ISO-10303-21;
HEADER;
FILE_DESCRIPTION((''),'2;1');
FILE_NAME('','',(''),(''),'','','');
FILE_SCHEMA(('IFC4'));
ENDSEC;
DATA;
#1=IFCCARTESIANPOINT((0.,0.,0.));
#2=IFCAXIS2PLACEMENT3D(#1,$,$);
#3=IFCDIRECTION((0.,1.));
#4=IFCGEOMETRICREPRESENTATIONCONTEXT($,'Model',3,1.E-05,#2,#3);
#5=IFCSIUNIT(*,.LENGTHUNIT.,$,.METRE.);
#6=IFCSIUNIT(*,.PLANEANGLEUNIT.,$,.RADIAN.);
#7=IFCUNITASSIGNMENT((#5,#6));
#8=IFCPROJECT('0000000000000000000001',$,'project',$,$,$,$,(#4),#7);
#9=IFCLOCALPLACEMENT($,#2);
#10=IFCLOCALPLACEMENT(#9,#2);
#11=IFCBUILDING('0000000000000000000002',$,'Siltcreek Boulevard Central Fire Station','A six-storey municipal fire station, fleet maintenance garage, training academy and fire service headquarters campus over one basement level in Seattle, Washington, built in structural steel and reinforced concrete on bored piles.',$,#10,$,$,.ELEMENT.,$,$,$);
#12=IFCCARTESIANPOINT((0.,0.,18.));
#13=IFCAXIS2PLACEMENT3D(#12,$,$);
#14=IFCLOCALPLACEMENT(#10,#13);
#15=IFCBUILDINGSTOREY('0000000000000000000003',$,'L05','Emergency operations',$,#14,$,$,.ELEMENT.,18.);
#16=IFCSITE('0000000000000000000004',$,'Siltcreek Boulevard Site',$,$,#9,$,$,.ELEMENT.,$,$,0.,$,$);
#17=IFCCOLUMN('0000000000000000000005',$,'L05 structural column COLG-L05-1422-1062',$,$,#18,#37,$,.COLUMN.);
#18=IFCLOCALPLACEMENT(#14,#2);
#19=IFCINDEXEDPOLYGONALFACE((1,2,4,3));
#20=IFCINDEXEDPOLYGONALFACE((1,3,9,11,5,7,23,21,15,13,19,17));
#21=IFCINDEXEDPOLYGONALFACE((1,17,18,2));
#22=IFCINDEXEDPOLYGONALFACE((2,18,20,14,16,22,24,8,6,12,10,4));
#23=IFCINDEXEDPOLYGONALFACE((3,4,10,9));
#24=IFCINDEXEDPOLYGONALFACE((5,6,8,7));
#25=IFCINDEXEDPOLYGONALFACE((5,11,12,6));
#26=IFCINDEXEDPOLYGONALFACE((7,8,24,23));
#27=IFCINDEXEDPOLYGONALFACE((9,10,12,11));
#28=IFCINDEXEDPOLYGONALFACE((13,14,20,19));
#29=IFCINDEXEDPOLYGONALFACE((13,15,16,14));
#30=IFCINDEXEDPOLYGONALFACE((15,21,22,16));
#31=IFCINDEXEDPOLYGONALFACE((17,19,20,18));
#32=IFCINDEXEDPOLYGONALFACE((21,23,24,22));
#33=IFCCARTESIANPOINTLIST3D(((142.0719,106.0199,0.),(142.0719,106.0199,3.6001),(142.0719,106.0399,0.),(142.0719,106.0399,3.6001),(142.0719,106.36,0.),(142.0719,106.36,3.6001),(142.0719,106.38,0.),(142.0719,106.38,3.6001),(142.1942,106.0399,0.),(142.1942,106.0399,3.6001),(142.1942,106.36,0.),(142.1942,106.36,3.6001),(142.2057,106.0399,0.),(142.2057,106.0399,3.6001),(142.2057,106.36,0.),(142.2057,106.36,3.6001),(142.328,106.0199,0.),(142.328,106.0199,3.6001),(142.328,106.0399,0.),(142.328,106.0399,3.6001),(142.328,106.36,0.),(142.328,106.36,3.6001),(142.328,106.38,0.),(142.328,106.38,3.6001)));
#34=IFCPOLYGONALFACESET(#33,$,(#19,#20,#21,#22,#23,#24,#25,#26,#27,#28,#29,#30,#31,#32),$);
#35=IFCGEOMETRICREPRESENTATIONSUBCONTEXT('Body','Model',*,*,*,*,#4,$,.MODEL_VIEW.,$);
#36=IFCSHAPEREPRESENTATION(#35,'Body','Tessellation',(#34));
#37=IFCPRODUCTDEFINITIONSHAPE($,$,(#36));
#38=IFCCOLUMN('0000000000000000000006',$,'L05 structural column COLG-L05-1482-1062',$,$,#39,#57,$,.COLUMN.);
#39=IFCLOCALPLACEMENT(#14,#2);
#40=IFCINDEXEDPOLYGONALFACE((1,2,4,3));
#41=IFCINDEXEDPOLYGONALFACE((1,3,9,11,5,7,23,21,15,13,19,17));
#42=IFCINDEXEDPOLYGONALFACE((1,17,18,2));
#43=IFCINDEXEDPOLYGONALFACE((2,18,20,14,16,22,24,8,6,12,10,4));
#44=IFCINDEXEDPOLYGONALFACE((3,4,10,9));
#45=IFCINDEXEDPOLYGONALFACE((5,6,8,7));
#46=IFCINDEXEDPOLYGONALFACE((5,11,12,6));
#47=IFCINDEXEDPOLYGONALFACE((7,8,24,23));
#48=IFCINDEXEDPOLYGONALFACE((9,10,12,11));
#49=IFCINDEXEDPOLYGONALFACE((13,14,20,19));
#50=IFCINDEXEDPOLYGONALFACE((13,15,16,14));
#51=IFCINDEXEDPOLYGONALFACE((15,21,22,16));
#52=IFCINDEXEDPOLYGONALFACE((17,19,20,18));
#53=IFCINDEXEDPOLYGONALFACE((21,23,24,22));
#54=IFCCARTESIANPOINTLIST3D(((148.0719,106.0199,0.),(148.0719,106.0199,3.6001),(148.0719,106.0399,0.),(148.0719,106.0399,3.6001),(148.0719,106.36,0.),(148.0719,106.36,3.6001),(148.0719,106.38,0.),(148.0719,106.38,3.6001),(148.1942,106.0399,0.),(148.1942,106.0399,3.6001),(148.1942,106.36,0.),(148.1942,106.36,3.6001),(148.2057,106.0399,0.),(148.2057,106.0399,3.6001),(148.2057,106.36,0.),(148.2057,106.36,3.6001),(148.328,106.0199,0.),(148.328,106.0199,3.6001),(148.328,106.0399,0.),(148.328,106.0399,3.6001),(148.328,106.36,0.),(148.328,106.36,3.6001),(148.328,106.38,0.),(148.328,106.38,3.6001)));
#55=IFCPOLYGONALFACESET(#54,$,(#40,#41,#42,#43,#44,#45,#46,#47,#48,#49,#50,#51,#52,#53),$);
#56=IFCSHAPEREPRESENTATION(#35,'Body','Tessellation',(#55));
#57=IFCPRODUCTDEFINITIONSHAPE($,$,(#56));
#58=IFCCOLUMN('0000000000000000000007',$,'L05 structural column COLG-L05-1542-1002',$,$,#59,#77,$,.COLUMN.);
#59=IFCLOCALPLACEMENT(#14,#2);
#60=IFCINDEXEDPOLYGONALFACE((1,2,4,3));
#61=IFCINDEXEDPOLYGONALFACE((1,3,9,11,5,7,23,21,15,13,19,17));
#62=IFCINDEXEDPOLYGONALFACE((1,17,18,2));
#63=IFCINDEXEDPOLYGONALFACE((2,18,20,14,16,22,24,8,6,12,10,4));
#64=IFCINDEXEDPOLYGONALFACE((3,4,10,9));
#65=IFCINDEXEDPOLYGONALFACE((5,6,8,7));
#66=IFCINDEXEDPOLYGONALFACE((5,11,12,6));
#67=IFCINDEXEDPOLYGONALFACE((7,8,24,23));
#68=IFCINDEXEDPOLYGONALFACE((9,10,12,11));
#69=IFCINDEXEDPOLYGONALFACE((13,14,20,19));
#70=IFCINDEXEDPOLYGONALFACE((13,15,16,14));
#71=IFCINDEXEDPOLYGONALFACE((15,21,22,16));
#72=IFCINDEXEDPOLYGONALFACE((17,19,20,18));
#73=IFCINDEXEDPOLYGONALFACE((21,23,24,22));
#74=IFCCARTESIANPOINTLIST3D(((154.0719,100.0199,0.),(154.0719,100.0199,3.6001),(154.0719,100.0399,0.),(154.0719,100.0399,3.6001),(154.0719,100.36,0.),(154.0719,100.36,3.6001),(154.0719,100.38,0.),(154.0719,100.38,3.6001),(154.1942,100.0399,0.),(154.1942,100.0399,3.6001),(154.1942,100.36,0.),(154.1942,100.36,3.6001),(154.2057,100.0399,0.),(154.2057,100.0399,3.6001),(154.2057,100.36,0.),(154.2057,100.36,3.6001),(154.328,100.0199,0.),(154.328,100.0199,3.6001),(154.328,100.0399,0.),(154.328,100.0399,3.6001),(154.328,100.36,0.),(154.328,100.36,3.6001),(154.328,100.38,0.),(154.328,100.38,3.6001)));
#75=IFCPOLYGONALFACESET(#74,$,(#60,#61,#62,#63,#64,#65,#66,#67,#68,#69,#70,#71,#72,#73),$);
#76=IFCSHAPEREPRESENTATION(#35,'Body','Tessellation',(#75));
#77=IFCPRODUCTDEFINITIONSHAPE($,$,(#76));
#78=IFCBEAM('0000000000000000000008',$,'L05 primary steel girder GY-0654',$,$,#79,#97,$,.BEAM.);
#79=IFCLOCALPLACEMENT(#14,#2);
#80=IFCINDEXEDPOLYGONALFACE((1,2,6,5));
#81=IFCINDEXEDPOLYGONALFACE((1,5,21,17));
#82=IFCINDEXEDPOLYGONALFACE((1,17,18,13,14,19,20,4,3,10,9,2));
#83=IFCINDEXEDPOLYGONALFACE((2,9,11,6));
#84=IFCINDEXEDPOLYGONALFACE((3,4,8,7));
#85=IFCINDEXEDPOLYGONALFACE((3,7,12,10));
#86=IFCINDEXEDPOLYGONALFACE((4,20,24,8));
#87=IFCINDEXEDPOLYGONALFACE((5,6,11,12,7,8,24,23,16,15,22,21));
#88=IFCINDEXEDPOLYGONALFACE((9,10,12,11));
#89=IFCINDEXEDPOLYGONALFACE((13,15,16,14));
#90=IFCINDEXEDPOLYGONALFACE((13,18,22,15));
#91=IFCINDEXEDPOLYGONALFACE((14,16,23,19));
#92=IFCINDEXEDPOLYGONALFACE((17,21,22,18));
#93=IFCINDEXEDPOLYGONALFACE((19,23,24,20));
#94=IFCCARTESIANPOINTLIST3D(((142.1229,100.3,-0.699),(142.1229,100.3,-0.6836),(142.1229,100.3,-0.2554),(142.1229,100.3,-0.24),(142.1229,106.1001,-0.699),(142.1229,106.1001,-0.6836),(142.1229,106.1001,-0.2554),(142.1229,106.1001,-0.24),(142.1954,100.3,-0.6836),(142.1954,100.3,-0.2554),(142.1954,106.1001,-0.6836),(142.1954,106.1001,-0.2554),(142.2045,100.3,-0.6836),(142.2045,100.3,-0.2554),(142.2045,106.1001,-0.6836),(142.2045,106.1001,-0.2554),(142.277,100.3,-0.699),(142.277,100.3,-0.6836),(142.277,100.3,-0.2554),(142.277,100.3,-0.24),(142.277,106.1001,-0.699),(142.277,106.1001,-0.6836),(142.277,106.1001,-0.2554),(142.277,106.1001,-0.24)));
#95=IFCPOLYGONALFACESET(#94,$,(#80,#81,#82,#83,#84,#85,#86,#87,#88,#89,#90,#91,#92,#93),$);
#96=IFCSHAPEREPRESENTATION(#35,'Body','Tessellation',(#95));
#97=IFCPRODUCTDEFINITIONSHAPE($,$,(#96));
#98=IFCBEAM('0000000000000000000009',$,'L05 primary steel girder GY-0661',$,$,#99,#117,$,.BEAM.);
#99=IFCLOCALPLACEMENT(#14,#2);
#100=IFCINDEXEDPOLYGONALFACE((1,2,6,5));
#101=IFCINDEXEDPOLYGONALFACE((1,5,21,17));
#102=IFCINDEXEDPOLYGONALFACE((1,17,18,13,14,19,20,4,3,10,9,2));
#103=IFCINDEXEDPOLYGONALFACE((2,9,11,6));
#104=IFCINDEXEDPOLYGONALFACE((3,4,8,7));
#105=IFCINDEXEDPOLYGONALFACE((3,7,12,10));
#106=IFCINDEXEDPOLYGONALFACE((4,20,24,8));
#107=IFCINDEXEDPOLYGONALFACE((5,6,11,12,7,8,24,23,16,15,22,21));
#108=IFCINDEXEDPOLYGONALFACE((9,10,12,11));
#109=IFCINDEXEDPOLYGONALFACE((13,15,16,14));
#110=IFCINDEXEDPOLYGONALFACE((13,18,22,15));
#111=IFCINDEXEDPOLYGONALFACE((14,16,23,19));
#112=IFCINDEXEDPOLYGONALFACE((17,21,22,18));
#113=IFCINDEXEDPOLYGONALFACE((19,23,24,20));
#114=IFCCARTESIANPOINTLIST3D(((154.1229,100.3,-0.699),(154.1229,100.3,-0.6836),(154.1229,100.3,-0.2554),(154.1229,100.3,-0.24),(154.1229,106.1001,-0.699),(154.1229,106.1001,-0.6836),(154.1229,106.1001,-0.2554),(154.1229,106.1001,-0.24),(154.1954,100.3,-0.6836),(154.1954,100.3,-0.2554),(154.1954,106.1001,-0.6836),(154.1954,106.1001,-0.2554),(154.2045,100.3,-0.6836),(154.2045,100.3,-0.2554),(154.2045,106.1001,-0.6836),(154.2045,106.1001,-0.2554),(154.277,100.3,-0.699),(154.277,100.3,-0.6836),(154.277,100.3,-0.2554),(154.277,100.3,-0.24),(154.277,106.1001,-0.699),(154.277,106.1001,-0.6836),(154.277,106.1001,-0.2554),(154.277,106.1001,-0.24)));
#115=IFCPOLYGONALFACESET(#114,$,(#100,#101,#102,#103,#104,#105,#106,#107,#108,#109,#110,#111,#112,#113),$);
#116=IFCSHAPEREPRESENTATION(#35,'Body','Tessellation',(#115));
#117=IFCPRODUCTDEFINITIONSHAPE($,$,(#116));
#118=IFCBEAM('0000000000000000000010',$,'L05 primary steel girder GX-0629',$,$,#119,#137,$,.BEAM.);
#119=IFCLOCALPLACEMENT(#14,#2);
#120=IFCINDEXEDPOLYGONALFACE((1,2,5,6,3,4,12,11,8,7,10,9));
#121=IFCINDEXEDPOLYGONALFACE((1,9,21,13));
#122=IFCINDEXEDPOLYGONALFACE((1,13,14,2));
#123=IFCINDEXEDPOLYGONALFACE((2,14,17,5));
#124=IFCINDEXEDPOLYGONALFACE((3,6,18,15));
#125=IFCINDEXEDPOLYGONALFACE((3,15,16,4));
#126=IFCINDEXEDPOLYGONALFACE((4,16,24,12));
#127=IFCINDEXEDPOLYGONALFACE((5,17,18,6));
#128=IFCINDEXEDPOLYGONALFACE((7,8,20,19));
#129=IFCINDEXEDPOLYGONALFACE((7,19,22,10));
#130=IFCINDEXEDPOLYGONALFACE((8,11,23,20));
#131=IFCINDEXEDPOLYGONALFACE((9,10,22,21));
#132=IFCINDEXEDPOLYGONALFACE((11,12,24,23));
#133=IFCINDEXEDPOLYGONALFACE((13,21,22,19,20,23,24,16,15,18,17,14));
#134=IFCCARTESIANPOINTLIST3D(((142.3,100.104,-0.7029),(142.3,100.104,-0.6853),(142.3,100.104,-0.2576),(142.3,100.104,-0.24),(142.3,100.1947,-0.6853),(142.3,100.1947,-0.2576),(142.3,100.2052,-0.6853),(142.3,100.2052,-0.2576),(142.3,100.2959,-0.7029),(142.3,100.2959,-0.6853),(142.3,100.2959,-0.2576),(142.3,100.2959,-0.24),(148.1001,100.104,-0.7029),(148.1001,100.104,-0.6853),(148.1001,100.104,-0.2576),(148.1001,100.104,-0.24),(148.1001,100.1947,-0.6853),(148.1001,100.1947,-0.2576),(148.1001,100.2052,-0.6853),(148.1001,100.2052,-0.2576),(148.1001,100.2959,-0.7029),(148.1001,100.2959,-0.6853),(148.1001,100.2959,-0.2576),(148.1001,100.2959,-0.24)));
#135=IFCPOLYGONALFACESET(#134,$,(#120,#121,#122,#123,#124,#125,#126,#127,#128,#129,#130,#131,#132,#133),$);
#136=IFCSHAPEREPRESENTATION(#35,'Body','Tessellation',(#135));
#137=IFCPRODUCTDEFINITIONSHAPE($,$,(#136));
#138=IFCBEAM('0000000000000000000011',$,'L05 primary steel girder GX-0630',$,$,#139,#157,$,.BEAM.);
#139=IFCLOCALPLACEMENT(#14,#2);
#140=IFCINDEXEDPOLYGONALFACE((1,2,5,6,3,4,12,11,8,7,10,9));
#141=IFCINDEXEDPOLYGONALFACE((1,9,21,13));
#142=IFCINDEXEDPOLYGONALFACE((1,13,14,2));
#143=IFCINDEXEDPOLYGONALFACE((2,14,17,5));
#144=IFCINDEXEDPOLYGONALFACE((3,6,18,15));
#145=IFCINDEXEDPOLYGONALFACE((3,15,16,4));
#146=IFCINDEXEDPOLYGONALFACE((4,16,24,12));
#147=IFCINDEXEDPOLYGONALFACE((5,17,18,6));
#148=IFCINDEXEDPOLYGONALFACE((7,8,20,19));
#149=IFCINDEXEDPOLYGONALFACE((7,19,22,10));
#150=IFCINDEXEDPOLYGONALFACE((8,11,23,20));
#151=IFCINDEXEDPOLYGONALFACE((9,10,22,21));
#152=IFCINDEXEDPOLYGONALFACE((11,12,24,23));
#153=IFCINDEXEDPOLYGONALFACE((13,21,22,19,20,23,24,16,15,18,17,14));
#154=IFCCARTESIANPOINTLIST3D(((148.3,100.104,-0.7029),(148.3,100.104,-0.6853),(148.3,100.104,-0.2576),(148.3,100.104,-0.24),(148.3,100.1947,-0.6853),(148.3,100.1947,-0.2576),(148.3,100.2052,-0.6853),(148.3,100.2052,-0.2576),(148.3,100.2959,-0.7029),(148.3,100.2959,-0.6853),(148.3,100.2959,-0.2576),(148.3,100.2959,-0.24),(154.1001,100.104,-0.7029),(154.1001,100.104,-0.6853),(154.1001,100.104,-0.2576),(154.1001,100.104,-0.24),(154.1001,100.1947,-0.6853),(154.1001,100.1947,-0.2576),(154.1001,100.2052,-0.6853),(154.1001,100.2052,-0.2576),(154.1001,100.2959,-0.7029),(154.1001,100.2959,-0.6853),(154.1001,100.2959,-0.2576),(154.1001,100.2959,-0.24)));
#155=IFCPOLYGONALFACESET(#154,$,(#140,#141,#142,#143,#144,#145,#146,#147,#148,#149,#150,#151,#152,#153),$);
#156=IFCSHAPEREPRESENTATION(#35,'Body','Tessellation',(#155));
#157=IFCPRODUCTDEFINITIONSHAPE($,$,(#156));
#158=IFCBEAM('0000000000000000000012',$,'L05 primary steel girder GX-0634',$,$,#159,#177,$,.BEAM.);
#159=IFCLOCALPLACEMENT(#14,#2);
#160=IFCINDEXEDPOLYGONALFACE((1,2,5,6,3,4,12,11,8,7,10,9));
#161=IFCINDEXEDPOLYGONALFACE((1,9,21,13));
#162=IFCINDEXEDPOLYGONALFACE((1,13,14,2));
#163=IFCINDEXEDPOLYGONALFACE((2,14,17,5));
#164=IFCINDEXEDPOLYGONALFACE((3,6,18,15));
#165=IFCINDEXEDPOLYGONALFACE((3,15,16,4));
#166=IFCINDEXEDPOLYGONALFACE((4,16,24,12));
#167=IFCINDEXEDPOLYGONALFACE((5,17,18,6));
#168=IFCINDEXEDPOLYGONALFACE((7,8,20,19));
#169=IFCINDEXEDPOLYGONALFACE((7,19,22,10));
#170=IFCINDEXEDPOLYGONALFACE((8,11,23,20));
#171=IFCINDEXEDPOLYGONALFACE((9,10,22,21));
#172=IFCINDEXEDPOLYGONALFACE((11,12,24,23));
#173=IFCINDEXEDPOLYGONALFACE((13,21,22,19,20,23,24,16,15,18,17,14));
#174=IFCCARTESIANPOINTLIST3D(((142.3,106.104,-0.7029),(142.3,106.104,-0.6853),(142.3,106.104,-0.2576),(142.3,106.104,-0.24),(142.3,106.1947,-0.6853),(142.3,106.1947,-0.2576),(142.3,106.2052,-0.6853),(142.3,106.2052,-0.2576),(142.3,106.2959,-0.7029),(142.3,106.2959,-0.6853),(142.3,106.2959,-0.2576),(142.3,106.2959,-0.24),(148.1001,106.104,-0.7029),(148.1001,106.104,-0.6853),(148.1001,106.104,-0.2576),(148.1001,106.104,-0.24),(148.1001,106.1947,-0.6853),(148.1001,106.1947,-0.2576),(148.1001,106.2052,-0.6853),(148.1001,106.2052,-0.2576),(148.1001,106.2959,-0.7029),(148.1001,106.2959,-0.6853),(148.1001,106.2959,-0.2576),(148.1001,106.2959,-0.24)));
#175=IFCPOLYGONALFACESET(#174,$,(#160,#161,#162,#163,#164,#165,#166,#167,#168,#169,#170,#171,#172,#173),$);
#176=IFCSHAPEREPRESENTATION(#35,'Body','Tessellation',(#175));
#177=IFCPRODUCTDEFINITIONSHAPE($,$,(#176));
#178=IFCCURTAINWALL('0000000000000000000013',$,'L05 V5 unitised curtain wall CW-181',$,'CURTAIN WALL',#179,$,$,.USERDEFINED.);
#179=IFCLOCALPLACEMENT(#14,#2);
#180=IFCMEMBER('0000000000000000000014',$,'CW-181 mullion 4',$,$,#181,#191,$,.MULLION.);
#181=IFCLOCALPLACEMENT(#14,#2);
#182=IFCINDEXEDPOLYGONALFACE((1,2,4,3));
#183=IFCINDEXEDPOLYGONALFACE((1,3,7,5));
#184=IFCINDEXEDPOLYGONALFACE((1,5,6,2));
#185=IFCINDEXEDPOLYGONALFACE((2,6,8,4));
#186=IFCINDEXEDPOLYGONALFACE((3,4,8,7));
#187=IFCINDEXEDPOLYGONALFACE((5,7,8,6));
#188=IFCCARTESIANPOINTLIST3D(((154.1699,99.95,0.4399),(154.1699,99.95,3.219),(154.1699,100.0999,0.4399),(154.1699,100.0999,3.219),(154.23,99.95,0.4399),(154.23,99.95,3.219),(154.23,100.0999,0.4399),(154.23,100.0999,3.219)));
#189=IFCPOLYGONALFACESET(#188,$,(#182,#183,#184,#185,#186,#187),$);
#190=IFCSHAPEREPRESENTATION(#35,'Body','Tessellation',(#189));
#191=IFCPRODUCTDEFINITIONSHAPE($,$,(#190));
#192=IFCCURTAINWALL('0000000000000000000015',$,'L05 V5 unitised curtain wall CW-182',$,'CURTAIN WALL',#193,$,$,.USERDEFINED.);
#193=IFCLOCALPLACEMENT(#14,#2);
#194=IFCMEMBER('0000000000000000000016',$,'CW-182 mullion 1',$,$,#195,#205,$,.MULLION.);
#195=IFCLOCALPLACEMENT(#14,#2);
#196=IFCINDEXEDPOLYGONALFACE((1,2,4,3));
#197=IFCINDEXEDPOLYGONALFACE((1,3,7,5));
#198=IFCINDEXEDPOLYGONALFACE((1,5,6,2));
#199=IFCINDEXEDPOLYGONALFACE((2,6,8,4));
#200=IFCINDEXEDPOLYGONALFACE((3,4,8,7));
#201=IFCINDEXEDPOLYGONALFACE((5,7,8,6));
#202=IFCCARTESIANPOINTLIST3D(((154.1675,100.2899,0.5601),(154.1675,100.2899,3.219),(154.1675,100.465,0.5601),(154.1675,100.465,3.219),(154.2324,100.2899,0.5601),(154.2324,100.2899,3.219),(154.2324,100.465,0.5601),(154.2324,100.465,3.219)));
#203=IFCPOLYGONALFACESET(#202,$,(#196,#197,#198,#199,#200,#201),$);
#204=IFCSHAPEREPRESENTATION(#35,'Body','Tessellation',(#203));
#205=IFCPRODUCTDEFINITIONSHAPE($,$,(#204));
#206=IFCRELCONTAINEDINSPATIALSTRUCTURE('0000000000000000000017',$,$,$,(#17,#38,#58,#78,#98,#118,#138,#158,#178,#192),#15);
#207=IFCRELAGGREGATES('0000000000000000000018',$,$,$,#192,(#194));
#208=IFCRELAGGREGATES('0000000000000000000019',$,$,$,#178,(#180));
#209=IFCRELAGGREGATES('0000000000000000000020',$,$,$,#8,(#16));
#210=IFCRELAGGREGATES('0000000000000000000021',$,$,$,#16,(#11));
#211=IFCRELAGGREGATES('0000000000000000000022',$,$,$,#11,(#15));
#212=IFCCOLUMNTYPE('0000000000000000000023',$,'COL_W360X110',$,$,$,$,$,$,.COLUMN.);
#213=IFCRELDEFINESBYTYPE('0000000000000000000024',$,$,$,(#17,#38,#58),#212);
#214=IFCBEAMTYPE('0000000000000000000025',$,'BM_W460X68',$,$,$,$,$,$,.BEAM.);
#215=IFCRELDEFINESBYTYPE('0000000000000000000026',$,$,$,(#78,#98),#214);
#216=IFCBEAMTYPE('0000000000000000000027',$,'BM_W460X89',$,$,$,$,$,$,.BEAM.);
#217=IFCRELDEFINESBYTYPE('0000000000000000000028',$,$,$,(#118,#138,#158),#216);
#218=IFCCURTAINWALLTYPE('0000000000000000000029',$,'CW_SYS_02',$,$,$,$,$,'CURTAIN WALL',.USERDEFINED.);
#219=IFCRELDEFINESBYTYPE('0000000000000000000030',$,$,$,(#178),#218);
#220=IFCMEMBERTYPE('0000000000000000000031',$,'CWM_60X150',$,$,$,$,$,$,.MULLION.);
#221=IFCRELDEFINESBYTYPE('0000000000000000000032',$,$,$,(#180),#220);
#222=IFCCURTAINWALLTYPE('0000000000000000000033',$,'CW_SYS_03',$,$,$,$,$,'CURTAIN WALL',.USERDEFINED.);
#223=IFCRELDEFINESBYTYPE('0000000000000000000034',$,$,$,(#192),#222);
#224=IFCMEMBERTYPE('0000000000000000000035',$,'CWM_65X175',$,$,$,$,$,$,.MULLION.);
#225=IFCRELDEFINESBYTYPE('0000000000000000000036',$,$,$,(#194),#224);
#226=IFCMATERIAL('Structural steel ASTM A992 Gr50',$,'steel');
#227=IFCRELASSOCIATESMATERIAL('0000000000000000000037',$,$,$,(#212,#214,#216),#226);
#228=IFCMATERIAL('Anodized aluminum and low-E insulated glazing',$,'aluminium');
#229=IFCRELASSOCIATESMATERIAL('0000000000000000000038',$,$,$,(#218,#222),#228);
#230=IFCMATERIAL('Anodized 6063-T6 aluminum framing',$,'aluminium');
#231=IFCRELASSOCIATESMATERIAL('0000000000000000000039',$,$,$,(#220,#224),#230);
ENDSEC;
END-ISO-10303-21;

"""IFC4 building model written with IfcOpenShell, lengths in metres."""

from ifc_helpers import new_model, si_unit, direction, frame, origin, origin_2d, place, context, subcontext, project, spatial, rectangle, i_section, extrude, material, material_profile, profile_set, type_object, element, aggregate, save


model = new_model("IFC4")

# Units and contexts
model_context = context("Model", 3, precision=1e-05, world=origin(), true_north=direction((0.0, 1.0)))
body_context = subcontext(model_context, "Body", "Model", "MODEL_VIEW")
ifc_project = project(units=[si_unit("LENGTHUNIT", "METRE"), si_unit("PLANEANGLEUNIT", "RADIAN")], contexts=[model_context])

# Site, building, storey
site_placement = place(None, origin())
site = spatial("IfcSite", under=ifc_project, at=site_placement, Name="Siltcreek Boulevard Site", CompositionType="ELEMENT", RefElevation=0.0)
building_placement = place(site_placement, origin())
building = spatial("IfcBuilding", under=site, at=building_placement, Name="Siltcreek Boulevard Central Fire Station", Description="A six-storey municipal fire station, fleet maintenance garage, training academy and fire service headquarters campus over one basement level in Seattle, Washington, built in structural steel and reinforced concrete on bored piles.", CompositionType="ELEMENT")
storey_placement = place(building_placement, frame((0.0, 0.0, 18.0)))
storey = spatial("IfcBuildingStorey", under=building, at=storey_placement, Name="L05", Description="Emergency operations", CompositionType="ELEMENT", Elevation=18.0)

# Columns
ifc_material_1 = material(Name="Structural steel ASTM A992 Gr50", Category="steel")
ifc_material_profile_1 = material_profile(ifc_material_1, i_section(OverallWidth=0.2561, OverallDepth=0.3601, WebThickness=0.0115, FlangeThickness=0.02, at=origin_2d()), Name="W360X110")
ifc_profile_set_1 = profile_set([ifc_material_profile_1], Name="Structural steel ASTM A992 Gr50")
column_type = type_object("IfcColumnType", Name="COL_W360X110", PredefinedType="COLUMN", material=ifc_profile_set_1)
for number, where, z_axis, x_axis, name in (
    (1, (142.2, 106.2, 0.0), (0.0, 0.0, 1.0), (1.0, 0.0, 0.0), "L05 structural column COLG-L05-1422-1062"),
    (2, (148.2, 106.2, 0.0), (0.0, 0.0, 1.0), (1.0, 0.0, 0.0), "L05 structural column COLG-L05-1482-1062"),
    (3, (154.2, 100.2, 0.0), (0.0, 0.0, 1.0), (1.0, 0.0, 0.0), "L05 structural column COLG-L05-1542-1002"),
):
    element("IfcColumn", number, at=place(storey_placement, frame(where, z_axis=z_axis, x_axis=x_axis)), inside=storey, type_object=column_type, Name=name, PredefinedType="COLUMN", context=body_context, shape_type="SweptSolid", body=[
        extrude(i_section(OverallWidth=0.2561, OverallDepth=0.3601, WebThickness=0.0115, FlangeThickness=0.02, at=origin_2d()), origin(), (0.0, 0.0, 1.0), 3.6001),
    ])

# Beams
ifc_material_profile_2 = material_profile(ifc_material_1, i_section(OverallWidth=0.1541, OverallDepth=0.459, WebThickness=0.009, FlangeThickness=0.0154, at=origin_2d()), Name="W460X68")
ifc_profile_set_2 = profile_set([ifc_material_profile_2], Name="Structural steel ASTM A992 Gr50")
beam_type_1 = type_object("IfcBeamType", Name="BM_W460X68", PredefinedType="BEAM", material=ifc_profile_set_2)
for number, where, z_axis, x_axis, name in (
    (4, (142.2, 100.3, -0.4695), (0.0, 1.0, 0.0), (-1.0, 0.0, 0.0), "L05 primary steel girder GY-0654"),
    (5, (154.2, 100.3, -0.4695), (0.0, 1.0, 0.0), (-1.0, 0.0, 0.0), "L05 primary steel girder GY-0661"),
):
    element("IfcBeam", number, at=place(storey_placement, frame(where, z_axis=z_axis, x_axis=x_axis)), inside=storey, type_object=beam_type_1, Name=name, PredefinedType="BEAM", context=body_context, shape_type="SweptSolid", body=[
        extrude(i_section(OverallWidth=0.1541, OverallDepth=0.459, WebThickness=0.009, FlangeThickness=0.0154, at=origin_2d()), origin(), (0.0, 0.0, 1.0), 5.8),
    ])
ifc_material_profile_3 = material_profile(ifc_material_1, i_section(OverallWidth=0.1919, OverallDepth=0.4629, WebThickness=0.0105, FlangeThickness=0.0176, at=origin_2d()), Name="W460X89")
ifc_profile_set_3 = profile_set([ifc_material_profile_3], Name="Structural steel ASTM A992 Gr50")
beam_type_2 = type_object("IfcBeamType", Name="BM_W460X89", PredefinedType="BEAM", material=ifc_profile_set_3)
for number, where, z_axis, x_axis, name in (
    (6, (142.3, 100.2, -0.4714), (1.0, 0.0, 0.0), (0.0, 1.0, 0.0), "L05 primary steel girder GX-0629"),
    (7, (148.3, 100.2, -0.4714), (1.0, 0.0, 0.0), (0.0, 1.0, 0.0), "L05 primary steel girder GX-0630"),
    (8, (142.3, 106.2, -0.4714), (1.0, 0.0, 0.0), (0.0, 1.0, 0.0), "L05 primary steel girder GX-0634"),
):
    element("IfcBeam", number, at=place(storey_placement, frame(where, z_axis=z_axis, x_axis=x_axis)), inside=storey, type_object=beam_type_2, Name=name, PredefinedType="BEAM", context=body_context, shape_type="SweptSolid", body=[
        extrude(i_section(OverallWidth=0.1919, OverallDepth=0.4629, WebThickness=0.0105, FlangeThickness=0.0176, at=origin_2d()), origin(), (0.0, 0.0, 1.0), 5.8),
    ])

# Curtain wall, member
ifc_material_2 = material(Name="Anodized aluminum and low-E insulated glazing", Category="aluminium")
curtain_wall_type_1 = type_object("IfcCurtainWallType", Name="CW_SYS_02", ElementType="CURTAIN WALL", PredefinedType="USERDEFINED", material=ifc_material_2)
curtain_wall_1_placement = place(storey_placement, origin())
curtain_wall_1 = element("IfcCurtainWall", 9, at=curtain_wall_1_placement, inside=storey, type_object=curtain_wall_type_1, Name="L05 V5 unitised curtain wall CW-181", ObjectType="CURTAIN WALL", PredefinedType="USERDEFINED")
ifc_material_3 = material(Name="Anodized 6063-T6 aluminum framing", Category="aluminium")
ifc_material_profile_4 = material_profile(ifc_material_3, rectangle(XDim=0.0601, YDim=0.1499, at=origin_2d()), Name="MULL60X150")
ifc_profile_set_4 = profile_set([ifc_material_profile_4], Name="Anodized 6063-T6 aluminum framing")
member_type_1 = type_object("IfcMemberType", Name="CWM_60X150", PredefinedType="MULLION", material=ifc_profile_set_4)
member_1_placement = place(storey_placement, frame((154.2, 100.0249, 0.4399), z_axis=(0.0, 0.0, 1.0), x_axis=(-1.0, 0.0, 0.0)))
member_1 = element("IfcMember", 10, at=member_1_placement, type_object=member_type_1, Name="CW-181 mullion 4", PredefinedType="MULLION", context=body_context, shape_type="SweptSolid", body=[
    extrude(rectangle(XDim=0.0601, YDim=0.1499, at=origin_2d()), origin(), (0.0, 0.0, 1.0), 2.7791),
])

# Curtain wall, member
curtain_wall_type_2 = type_object("IfcCurtainWallType", Name="CW_SYS_03", ElementType="CURTAIN WALL", PredefinedType="USERDEFINED", material=ifc_material_2)
curtain_wall_2_placement = place(storey_placement, origin())
curtain_wall_2 = element("IfcCurtainWall", 11, at=curtain_wall_2_placement, inside=storey, type_object=curtain_wall_type_2, Name="L05 V5 unitised curtain wall CW-182", ObjectType="CURTAIN WALL", PredefinedType="USERDEFINED")
ifc_material_profile_5 = material_profile(ifc_material_3, rectangle(XDim=0.0649, YDim=0.175, at=origin_2d()), Name="MULL65X175")
ifc_profile_set_5 = profile_set([ifc_material_profile_5], Name="Anodized 6063-T6 aluminum framing")
member_type_2 = type_object("IfcMemberType", Name="CWM_65X175", PredefinedType="MULLION", material=ifc_profile_set_5)
member_2_placement = place(storey_placement, frame((154.2, 100.3774, 0.5601), z_axis=(0.0, 0.0, 1.0), x_axis=(-1.0, 0.0, 0.0)))
member_2 = element("IfcMember", 12, at=member_2_placement, type_object=member_type_2, Name="CW-182 mullion 1", PredefinedType="MULLION", context=body_context, shape_type="SweptSolid", body=[
    extrude(rectangle(XDim=0.0649, YDim=0.175, at=origin_2d()), origin(), (0.0, 0.0, 1.0), 2.6589),
])
aggregate(curtain_wall_2, [member_2])

aggregate(curtain_wall_1, [member_1])

save(model, "model.ifc")
